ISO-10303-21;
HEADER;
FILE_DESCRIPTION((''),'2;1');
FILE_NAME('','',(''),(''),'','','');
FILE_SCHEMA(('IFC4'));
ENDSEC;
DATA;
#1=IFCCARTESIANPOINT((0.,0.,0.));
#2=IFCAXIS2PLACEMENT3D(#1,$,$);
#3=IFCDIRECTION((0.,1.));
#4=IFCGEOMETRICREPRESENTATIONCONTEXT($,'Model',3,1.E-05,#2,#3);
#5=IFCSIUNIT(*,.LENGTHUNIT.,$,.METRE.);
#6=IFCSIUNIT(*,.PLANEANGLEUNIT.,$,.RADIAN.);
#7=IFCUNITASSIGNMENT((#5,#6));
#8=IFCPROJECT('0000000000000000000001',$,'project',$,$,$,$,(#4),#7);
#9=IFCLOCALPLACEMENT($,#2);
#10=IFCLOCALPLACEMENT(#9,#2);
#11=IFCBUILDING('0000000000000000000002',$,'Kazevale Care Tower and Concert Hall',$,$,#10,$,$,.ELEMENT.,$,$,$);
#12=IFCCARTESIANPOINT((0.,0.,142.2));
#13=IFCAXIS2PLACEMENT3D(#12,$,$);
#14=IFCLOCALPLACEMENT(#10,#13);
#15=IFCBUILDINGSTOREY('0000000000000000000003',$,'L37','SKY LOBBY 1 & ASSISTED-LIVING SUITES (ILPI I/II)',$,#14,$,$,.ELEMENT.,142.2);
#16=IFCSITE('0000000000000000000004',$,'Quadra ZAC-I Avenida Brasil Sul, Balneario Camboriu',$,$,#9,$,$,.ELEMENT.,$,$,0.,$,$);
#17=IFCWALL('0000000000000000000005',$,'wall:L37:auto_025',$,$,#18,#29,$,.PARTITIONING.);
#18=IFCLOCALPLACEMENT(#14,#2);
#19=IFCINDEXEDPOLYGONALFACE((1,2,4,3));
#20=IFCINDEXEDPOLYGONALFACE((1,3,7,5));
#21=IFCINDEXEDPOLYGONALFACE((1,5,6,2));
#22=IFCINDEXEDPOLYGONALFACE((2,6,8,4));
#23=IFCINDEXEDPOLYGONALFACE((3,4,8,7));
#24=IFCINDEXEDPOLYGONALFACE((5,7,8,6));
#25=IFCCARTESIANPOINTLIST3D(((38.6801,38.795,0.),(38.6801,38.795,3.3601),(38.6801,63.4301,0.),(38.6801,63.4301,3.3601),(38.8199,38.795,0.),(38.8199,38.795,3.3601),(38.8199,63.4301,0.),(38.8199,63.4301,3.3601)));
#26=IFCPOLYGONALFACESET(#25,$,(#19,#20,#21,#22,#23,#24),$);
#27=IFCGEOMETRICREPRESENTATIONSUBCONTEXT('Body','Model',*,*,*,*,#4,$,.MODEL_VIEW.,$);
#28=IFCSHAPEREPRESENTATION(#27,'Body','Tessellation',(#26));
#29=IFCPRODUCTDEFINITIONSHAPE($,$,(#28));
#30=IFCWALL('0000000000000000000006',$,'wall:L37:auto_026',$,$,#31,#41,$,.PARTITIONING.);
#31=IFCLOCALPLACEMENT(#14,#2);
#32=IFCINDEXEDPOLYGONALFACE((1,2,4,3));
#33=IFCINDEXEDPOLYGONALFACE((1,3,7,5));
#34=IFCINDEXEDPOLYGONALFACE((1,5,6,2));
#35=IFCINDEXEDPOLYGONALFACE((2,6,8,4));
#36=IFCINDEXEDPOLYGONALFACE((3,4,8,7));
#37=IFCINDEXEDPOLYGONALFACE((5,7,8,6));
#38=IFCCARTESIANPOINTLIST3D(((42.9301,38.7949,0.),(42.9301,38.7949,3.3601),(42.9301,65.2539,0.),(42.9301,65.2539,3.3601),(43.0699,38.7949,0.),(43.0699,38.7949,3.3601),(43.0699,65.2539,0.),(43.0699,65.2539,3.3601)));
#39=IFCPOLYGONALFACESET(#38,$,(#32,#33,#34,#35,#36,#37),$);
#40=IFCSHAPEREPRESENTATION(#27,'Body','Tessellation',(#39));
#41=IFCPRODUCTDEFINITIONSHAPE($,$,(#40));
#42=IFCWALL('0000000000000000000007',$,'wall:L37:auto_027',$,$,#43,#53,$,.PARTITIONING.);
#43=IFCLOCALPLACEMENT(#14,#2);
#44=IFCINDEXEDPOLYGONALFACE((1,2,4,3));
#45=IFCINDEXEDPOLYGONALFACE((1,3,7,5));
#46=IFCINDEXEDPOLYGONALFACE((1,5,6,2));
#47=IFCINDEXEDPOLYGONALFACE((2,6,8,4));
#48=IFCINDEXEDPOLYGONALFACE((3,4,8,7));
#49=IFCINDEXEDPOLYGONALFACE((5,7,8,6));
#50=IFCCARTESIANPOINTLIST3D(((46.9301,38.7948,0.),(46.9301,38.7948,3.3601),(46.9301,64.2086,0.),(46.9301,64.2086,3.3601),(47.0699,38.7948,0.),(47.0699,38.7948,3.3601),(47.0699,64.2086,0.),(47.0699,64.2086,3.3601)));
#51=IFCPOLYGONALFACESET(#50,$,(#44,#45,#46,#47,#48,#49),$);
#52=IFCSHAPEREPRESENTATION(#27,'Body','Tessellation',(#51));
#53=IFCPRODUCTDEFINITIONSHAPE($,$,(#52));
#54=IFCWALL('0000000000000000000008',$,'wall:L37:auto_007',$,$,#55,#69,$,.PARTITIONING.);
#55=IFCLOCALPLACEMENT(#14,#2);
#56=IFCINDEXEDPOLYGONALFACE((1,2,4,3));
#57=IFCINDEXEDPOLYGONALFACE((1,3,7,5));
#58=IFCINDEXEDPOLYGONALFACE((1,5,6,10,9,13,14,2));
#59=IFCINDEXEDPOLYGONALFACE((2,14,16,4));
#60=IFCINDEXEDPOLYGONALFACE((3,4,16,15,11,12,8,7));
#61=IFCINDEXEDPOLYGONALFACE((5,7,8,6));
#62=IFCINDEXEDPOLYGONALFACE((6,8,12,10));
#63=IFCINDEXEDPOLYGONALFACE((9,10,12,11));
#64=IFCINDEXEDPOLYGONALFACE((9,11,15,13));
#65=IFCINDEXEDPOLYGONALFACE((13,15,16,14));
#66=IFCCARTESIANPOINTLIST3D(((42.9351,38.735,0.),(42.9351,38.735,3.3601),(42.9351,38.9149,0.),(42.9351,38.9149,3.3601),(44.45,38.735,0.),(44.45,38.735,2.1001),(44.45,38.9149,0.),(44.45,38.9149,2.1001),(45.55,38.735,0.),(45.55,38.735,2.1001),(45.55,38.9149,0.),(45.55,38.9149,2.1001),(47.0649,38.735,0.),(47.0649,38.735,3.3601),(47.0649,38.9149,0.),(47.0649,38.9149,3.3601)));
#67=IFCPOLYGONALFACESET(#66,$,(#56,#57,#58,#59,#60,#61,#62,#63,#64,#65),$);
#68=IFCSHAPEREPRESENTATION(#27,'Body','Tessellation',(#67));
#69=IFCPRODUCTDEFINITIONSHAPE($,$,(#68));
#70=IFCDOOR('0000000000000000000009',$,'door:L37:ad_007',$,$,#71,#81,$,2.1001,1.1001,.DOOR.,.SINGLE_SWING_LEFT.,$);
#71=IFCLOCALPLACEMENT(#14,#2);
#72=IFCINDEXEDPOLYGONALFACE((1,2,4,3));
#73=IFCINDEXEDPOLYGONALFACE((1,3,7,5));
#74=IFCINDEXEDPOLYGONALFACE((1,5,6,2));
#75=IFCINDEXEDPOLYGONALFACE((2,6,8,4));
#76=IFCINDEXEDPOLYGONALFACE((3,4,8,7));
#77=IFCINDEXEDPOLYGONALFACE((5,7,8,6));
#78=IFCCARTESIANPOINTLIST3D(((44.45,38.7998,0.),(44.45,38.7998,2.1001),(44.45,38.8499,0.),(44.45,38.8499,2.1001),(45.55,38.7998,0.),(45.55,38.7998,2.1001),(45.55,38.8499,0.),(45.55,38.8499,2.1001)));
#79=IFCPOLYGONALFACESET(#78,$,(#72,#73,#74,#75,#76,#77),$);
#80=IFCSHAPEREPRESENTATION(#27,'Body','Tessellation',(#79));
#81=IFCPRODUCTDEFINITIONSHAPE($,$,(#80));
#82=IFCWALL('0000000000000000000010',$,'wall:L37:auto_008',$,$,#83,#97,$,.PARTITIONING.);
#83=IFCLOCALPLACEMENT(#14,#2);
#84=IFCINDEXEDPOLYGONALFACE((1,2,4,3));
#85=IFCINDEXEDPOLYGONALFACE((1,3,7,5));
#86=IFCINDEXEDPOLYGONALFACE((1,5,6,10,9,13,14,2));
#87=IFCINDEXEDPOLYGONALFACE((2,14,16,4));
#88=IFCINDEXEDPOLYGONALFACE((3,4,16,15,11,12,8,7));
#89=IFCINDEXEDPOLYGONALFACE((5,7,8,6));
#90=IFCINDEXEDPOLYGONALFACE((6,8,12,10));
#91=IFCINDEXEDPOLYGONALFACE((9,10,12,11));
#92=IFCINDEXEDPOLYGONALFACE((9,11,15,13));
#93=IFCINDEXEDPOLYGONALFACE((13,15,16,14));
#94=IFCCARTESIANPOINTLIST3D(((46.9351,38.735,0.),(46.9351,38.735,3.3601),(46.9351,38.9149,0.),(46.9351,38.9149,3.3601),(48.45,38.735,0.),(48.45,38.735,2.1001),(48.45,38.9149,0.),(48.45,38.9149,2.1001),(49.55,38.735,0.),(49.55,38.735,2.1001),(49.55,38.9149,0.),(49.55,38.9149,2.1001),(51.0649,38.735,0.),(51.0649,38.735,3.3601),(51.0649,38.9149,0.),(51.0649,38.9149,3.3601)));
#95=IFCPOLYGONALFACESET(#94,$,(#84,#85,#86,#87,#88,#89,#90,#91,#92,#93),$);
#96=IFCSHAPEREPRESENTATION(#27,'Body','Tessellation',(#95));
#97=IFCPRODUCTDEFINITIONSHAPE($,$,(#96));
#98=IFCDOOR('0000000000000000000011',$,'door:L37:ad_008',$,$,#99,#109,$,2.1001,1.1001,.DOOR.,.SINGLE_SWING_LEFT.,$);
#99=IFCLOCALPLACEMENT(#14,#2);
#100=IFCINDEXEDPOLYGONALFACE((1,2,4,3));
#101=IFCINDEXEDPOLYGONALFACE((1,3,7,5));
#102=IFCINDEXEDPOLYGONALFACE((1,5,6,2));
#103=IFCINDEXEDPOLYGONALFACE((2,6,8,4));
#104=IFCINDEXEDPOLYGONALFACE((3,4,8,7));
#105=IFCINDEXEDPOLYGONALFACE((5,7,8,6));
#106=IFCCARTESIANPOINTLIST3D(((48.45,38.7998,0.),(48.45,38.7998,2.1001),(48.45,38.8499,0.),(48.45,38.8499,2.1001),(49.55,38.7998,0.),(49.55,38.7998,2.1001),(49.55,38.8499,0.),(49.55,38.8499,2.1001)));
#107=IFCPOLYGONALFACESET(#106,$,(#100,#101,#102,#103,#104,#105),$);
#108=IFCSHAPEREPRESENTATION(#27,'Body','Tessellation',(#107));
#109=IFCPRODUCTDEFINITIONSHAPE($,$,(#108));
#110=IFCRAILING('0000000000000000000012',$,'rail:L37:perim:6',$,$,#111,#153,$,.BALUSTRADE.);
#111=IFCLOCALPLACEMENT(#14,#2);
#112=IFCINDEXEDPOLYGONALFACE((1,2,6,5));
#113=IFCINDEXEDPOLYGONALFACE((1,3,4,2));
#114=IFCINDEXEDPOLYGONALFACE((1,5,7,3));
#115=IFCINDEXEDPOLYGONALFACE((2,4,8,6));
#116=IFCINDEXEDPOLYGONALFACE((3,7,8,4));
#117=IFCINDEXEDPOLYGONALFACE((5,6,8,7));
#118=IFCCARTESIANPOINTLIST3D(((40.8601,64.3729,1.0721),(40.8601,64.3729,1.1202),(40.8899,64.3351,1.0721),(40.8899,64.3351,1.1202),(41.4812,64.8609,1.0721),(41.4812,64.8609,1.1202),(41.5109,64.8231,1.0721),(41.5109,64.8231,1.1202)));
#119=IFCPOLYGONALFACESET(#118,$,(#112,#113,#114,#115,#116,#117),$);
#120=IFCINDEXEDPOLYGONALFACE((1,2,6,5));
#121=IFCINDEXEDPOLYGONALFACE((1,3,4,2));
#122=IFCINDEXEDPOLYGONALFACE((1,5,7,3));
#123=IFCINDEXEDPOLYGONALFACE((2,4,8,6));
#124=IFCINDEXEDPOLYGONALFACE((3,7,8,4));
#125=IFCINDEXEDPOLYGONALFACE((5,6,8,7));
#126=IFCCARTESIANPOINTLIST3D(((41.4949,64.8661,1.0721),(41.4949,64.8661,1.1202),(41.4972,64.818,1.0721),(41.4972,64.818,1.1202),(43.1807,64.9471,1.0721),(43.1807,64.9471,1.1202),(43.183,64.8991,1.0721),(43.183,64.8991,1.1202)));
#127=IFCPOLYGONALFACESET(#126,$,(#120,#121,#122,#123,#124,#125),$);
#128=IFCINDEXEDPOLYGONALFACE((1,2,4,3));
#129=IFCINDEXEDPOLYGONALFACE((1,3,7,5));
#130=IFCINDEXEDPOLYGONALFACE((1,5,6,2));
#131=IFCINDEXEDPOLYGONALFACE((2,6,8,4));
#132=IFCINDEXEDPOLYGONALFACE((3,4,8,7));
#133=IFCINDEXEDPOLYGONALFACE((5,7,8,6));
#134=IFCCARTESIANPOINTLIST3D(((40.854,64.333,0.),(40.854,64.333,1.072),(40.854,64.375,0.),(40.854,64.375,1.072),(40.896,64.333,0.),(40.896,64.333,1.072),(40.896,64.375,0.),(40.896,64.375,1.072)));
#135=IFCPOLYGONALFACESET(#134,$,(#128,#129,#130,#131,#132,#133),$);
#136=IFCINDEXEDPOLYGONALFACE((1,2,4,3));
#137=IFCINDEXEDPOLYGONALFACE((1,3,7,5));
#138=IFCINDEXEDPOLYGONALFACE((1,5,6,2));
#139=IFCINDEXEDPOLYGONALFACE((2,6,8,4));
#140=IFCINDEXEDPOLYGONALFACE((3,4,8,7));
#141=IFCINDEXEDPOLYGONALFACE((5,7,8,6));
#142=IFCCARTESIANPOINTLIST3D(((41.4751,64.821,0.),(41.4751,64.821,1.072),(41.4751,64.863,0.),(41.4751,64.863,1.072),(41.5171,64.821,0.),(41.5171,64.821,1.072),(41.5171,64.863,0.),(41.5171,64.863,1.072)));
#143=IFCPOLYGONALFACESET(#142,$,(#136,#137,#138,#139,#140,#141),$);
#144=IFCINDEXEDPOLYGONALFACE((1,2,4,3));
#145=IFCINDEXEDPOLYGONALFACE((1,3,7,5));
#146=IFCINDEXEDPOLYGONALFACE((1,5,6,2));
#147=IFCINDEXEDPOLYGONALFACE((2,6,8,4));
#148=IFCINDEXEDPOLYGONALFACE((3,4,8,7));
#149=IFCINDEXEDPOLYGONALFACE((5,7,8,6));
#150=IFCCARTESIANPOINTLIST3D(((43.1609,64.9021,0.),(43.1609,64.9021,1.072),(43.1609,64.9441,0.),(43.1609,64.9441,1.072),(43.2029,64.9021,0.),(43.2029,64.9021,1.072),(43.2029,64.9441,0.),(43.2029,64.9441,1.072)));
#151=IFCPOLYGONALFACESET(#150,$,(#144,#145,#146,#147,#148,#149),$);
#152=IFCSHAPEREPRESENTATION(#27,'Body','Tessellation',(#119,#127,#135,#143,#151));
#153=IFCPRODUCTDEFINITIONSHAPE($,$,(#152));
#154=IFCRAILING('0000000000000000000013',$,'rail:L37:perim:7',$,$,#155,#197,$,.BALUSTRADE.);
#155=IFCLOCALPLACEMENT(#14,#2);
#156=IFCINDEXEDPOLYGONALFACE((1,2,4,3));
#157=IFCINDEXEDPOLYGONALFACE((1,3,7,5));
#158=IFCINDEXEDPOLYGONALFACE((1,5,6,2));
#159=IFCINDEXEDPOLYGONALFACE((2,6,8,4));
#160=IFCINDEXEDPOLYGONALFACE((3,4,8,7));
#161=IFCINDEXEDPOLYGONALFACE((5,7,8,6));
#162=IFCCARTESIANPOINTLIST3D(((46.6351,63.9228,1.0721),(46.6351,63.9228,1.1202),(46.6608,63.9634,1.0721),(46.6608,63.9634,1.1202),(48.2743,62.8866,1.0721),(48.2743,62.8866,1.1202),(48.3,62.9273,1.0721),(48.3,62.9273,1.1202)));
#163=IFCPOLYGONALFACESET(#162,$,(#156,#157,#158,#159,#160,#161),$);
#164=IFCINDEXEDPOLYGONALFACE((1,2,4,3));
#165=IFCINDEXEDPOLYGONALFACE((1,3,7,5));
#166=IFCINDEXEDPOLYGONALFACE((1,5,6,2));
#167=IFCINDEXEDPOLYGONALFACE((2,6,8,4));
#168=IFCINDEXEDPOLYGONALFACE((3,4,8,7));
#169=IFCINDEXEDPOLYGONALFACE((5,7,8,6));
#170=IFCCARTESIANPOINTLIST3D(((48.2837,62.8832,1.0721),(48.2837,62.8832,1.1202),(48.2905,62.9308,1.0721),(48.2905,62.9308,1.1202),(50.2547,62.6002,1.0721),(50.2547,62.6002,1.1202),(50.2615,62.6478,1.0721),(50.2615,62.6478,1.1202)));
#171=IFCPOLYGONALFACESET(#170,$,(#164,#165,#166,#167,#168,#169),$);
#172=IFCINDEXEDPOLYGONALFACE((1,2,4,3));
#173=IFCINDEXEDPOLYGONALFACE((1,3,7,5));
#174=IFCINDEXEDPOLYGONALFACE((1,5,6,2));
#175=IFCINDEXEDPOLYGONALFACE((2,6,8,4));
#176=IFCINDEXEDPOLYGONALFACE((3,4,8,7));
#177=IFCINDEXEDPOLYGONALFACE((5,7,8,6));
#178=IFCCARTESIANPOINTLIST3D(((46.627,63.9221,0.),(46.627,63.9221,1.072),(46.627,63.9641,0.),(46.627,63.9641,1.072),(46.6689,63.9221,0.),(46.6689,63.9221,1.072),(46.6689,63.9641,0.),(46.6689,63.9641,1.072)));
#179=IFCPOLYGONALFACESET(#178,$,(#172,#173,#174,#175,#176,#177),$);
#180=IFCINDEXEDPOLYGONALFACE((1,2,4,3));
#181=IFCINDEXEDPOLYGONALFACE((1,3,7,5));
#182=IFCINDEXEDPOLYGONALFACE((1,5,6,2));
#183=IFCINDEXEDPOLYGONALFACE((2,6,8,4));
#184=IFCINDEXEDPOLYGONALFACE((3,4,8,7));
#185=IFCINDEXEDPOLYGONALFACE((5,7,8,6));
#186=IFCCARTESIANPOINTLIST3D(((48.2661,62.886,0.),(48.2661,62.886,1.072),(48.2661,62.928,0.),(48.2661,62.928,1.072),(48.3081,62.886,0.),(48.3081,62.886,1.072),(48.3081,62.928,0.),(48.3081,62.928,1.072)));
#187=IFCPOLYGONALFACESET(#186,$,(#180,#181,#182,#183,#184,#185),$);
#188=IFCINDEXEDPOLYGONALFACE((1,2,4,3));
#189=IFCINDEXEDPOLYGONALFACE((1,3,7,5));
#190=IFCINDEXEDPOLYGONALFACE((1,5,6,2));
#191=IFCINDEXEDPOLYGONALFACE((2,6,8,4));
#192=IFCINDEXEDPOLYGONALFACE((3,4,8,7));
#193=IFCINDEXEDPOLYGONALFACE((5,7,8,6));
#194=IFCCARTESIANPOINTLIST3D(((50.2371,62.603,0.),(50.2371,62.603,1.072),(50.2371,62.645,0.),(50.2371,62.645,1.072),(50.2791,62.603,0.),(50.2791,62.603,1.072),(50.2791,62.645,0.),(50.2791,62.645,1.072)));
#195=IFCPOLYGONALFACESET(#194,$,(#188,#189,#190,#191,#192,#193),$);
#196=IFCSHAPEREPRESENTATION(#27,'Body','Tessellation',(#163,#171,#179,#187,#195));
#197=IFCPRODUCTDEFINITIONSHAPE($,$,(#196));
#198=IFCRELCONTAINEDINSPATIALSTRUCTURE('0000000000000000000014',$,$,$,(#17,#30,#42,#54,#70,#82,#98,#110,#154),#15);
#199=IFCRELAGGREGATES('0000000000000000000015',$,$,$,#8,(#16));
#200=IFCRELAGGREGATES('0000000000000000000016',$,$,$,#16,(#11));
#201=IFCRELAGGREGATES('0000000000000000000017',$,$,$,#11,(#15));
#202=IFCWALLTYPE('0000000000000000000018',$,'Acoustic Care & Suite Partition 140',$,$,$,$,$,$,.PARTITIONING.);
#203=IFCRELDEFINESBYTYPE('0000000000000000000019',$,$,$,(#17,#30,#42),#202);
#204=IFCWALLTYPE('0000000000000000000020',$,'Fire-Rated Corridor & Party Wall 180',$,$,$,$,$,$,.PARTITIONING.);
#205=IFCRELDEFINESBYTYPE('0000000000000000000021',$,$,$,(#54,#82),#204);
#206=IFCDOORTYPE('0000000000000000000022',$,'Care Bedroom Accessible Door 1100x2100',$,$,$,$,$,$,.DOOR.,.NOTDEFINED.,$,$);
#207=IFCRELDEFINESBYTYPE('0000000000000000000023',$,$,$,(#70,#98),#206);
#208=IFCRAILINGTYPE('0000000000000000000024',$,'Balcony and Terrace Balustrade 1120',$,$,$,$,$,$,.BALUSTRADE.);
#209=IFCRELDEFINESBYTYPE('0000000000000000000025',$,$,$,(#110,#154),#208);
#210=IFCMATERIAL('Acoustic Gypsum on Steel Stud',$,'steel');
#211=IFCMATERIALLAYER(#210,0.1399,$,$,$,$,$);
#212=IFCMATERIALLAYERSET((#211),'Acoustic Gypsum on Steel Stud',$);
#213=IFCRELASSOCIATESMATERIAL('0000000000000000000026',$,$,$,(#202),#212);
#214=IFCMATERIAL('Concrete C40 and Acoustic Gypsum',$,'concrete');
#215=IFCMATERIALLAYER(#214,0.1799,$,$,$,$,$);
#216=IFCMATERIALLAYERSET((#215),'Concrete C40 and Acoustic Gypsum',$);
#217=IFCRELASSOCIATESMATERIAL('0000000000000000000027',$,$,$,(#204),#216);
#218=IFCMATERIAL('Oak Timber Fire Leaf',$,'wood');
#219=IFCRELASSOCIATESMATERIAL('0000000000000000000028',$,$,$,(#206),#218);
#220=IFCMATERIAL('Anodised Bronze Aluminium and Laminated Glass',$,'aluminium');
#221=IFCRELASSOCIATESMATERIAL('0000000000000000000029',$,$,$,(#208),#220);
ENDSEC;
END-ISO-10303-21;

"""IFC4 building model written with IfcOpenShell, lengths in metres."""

from ifc_helpers import new_model, si_unit, direction, frame, frame_2d, origin, origin_2d, place, context, subcontext, project, spatial, rectangle, extrude, material, layer, layer_set, type_object, element, fill, save


model = new_model("IFC4")

# Units and contexts
model_context = context("Model", 3, precision=1e-05, world=origin(), true_north=direction((0.0, 1.0)))
body_context = subcontext(model_context, "Body", "Model", "MODEL_VIEW")
ifc_project = project(units=[si_unit("LENGTHUNIT", "METRE"), si_unit("PLANEANGLEUNIT", "RADIAN")], contexts=[model_context])

# Site, building, storey
site_placement = place(None, origin())
site = spatial("IfcSite", under=ifc_project, at=site_placement, Name="Quadra ZAC-I Avenida Brasil Sul, Balneario Camboriu", CompositionType="ELEMENT", RefElevation=0.0)
building_placement = place(site_placement, origin())
building = spatial("IfcBuilding", under=site, at=building_placement, Name="Kazevale Care Tower and Concert Hall", CompositionType="ELEMENT")
storey_placement = place(building_placement, frame((0.0, 0.0, 142.2)))
storey = spatial("IfcBuildingStorey", under=building, at=storey_placement, Name="L37", Description="SKY LOBBY 1 & ASSISTED-LIVING SUITES (ILPI I/II)", CompositionType="ELEMENT", Elevation=142.2)

# Walls
ifc_material_1 = material(Name="Acoustic Gypsum on Steel Stud", Category="steel")
ifc_layer_1 = layer(ifc_material_1, 0.1399)
ifc_layer_set_1 = layer_set([ifc_layer_1], Name="Acoustic Gypsum on Steel Stud")
wall_type_1 = type_object("IfcWallType", Name="Acoustic Care & Suite Partition 140", PredefinedType="PARTITIONING", material=ifc_layer_set_1)
wall_1_placement = place(storey_placement, frame((38.75, 63.4299, 0.0), z_axis=(0.0, 0.0, 1.0), x_axis=(0.0, -1.0, 0.0)))
element("IfcWall", 1, at=wall_1_placement, inside=storey, type_object=wall_type_1, Name="wall:L37:auto_025", PredefinedType="PARTITIONING", context=body_context, shape_type="SweptSolid", body=[
    extrude(rectangle(XDim=24.635, YDim=0.1399, at=frame_2d((12.3174, 0.0))), origin(), (0.0, 0.0, 1.0), 3.3601),
])
wall_2_placement = place(storey_placement, frame((43.0, 65.2539, 0.0), z_axis=(0.0, 0.0, 1.0), x_axis=(0.0, -1.0, 0.0)))
element("IfcWall", 2, at=wall_2_placement, inside=storey, type_object=wall_type_1, Name="wall:L37:auto_026", PredefinedType="PARTITIONING", context=body_context, shape_type="SweptSolid", body=[
    extrude(rectangle(XDim=26.459, YDim=0.1399, at=frame_2d((13.2295, 0.0))), origin(), (0.0, 0.0, 1.0), 3.3601),
])
wall_3_placement = place(storey_placement, frame((47.0, 64.2087, 0.0), z_axis=(0.0, 0.0, 1.0), x_axis=(0.0, -1.0, 0.0)))
element("IfcWall", 3, at=wall_3_placement, inside=storey, type_object=wall_type_1, Name="wall:L37:auto_027", PredefinedType="PARTITIONING", context=body_context, shape_type="SweptSolid", body=[
    extrude(rectangle(XDim=25.4138, YDim=0.1399, at=frame_2d((12.707, 0.0))), origin(), (0.0, 0.0, 1.0), 3.3601),
])

# Walls, openings, doors
ifc_material_2 = material(Name="Concrete C40 and Acoustic Gypsum", Category="concrete")
ifc_layer_2 = layer(ifc_material_2, 0.1799)
ifc_layer_set_2 = layer_set([ifc_layer_2], Name="Concrete C40 and Acoustic Gypsum")
wall_type_2 = type_object("IfcWallType", Name="Fire-Rated Corridor & Party Wall 180", PredefinedType="PARTITIONING", material=ifc_layer_set_2)
wall_4_placement = place(storey_placement, frame((42.9351, 38.825, 0.0), z_axis=(0.0, 0.0, 1.0), x_axis=(1.0, 0.0, 0.0)))
wall_4 = element("IfcWall", 4, at=wall_4_placement, inside=storey, type_object=wall_type_2, Name="wall:L37:auto_007", PredefinedType="PARTITIONING", context=body_context, shape_type="SweptSolid", body=[
    extrude(rectangle(XDim=4.1299, YDim=0.1799, at=frame_2d((2.0649, 0.0))), origin(), (0.0, 0.0, 1.0), 3.3601),
])
opening_1_placement = place(wall_4_placement, frame((1.5149, 0.0, 0.0)))
opening_1 = element("IfcOpeningElement", 5, at=opening_1_placement, cuts=wall_4, PredefinedType="OPENING", context=body_context, shape_type="SweptSolid", body=[
    extrude(rectangle(XDim=1.1001, YDim=2.1001, at=frame_2d((0.55, 1.05))), frame((0.0, 0.0999, 0.0), z_axis=(0.0, -1.0, 0.0), x_axis=(1.0, 0.0, 0.0)), (0.0, 0.0, 1.0), 0.2),
])
ifc_material_3 = material(Name="Oak Timber Fire Leaf", Category="wood")
door_type = type_object("IfcDoorType", Name="Care Bedroom Accessible Door 1100x2100", OperationType="NOTDEFINED", PredefinedType="DOOR", material=ifc_material_3)
door_1_placement = place(opening_1_placement, origin())
door_1 = element("IfcDoor", 6, at=door_1_placement, inside=storey, type_object=door_type, Name="door:L37:ad_007", OperationType="SINGLE_SWING_LEFT", OverallHeight=2.1001, OverallWidth=1.1001, PredefinedType="DOOR", context=body_context, shape_type="SweptSolid", body=[
    extrude(rectangle(XDim=1.1001, YDim=2.1001, at=frame_2d((0.55, 1.05))), frame((0.0, 0.0249, 0.0), z_axis=(0.0, -1.0, 0.0), x_axis=(1.0, 0.0, 0.0)), (0.0, 0.0, 1.0), 0.05),
])
fill(opening_1, door_1)
wall_5_placement = place(storey_placement, frame((46.9351, 38.825, 0.0), z_axis=(0.0, 0.0, 1.0), x_axis=(1.0, 0.0, 0.0)))
wall_5 = element("IfcWall", 7, at=wall_5_placement, inside=storey, type_object=wall_type_2, Name="wall:L37:auto_008", PredefinedType="PARTITIONING", context=body_context, shape_type="SweptSolid", body=[
    extrude(rectangle(XDim=4.1299, YDim=0.1799, at=frame_2d((2.0649, 0.0))), origin(), (0.0, 0.0, 1.0), 3.3601),
])
opening_2_placement = place(wall_5_placement, frame((1.5149, 0.0, 0.0)))
opening_2 = element("IfcOpeningElement", 8, at=opening_2_placement, cuts=wall_5, PredefinedType="OPENING", context=body_context, shape_type="SweptSolid", body=[
    extrude(rectangle(XDim=1.1001, YDim=2.1001, at=frame_2d((0.55, 1.05))), frame((0.0, 0.0999, 0.0), z_axis=(0.0, -1.0, 0.0), x_axis=(1.0, 0.0, 0.0)), (0.0, 0.0, 1.0), 0.2),
])
door_2_placement = place(opening_2_placement, origin())
door_2 = element("IfcDoor", 9, at=door_2_placement, inside=storey, type_object=door_type, Name="door:L37:ad_008", OperationType="SINGLE_SWING_LEFT", OverallHeight=2.1001, OverallWidth=1.1001, PredefinedType="DOOR", context=body_context, shape_type="SweptSolid", body=[
    extrude(rectangle(XDim=1.1001, YDim=2.1001, at=frame_2d((0.55, 1.05))), frame((0.0, 0.0249, 0.0), z_axis=(0.0, -1.0, 0.0), x_axis=(1.0, 0.0, 0.0)), (0.0, 0.0, 1.0), 0.05),
])
fill(opening_2, door_2)

# Railings
ifc_material_4 = material(Name="Anodised Bronze Aluminium and Laminated Glass", Category="aluminium")
railing_type = type_object("IfcRailingType", Name="Balcony and Terrace Balustrade 1120", PredefinedType="BALUSTRADE", material=ifc_material_4)
railing_1_placement = place(storey_placement, frame((40.875, 64.354, 0.0)))
element("IfcRailing", 10, at=railing_1_placement, inside=storey, type_object=railing_type, Name="rail:L37:perim:6", PredefinedType="BALUSTRADE", context=body_context, shape_type="SweptSolid", body=[
    extrude(rectangle(XDim=0.0481, YDim=0.0481, at=origin_2d()), frame((0.0, 0.0, 1.0962), z_axis=(0.786297, 0.617849, 0.0), x_axis=(-0.617849, 0.786297, 0.0)), (0.0, 0.0, 1.0), 0.7898),
    extrude(rectangle(XDim=0.0481, YDim=0.0481, at=origin_2d()), frame((0.6211, 0.488, 1.0962), z_axis=(0.998846, 0.048026, 0.0), x_axis=(-0.048026, 0.998846, 0.0)), (0.0, 0.0, 1.0), 1.6877),
    extrude(rectangle(XDim=0.042, YDim=0.042, at=origin_2d()), origin(), (0.0, 0.0, 1.0), 1.072),
    extrude(rectangle(XDim=0.042, YDim=0.042, at=origin_2d()), frame((0.6211, 0.488, 0.0)), (0.0, 0.0, 1.0), 1.072),
    extrude(rectangle(XDim=0.042, YDim=0.042, at=origin_2d()), frame((2.3069, 0.5691, 0.0)), (0.0, 0.0, 1.0), 1.072),
])
railing_2_placement = place(storey_placement, frame((46.6479, 63.9431, 0.0)))
element("IfcRailing", 11, at=railing_2_placement, inside=storey, type_object=railing_type, Name="rail:L37:perim:7", PredefinedType="BALUSTRADE", context=body_context, shape_type="SweptSolid", body=[
    extrude(rectangle(XDim=0.0481, YDim=0.0481, at=origin_2d()), frame((0.0, 0.0, 1.0962), z_axis=(0.845285, -0.534315, 0.0), x_axis=(0.534315, 0.845285, 0.0)), (0.0, 0.0, 1.0), 1.9392),
    extrude(rectangle(XDim=0.0481, YDim=0.0481, at=origin_2d()), frame((1.6392, -1.0361, 1.0962), z_axis=(0.989851, -0.142108, 0.0), x_axis=(0.142108, 0.989851, 0.0)), (0.0, 0.0, 1.0), 1.9912),
    extrude(rectangle(XDim=0.042, YDim=0.042, at=origin_2d()), origin(), (0.0, 0.0, 1.0), 1.072),
    extrude(rectangle(XDim=0.042, YDim=0.042, at=origin_2d()), frame((1.6392, -1.0361, 0.0)), (0.0, 0.0, 1.0), 1.072),
    extrude(rectangle(XDim=0.042, YDim=0.042, at=origin_2d()), frame((3.6101, -1.3191, 0.0)), (0.0, 0.0, 1.0), 1.072),
])

save(model, "model.ifc")
